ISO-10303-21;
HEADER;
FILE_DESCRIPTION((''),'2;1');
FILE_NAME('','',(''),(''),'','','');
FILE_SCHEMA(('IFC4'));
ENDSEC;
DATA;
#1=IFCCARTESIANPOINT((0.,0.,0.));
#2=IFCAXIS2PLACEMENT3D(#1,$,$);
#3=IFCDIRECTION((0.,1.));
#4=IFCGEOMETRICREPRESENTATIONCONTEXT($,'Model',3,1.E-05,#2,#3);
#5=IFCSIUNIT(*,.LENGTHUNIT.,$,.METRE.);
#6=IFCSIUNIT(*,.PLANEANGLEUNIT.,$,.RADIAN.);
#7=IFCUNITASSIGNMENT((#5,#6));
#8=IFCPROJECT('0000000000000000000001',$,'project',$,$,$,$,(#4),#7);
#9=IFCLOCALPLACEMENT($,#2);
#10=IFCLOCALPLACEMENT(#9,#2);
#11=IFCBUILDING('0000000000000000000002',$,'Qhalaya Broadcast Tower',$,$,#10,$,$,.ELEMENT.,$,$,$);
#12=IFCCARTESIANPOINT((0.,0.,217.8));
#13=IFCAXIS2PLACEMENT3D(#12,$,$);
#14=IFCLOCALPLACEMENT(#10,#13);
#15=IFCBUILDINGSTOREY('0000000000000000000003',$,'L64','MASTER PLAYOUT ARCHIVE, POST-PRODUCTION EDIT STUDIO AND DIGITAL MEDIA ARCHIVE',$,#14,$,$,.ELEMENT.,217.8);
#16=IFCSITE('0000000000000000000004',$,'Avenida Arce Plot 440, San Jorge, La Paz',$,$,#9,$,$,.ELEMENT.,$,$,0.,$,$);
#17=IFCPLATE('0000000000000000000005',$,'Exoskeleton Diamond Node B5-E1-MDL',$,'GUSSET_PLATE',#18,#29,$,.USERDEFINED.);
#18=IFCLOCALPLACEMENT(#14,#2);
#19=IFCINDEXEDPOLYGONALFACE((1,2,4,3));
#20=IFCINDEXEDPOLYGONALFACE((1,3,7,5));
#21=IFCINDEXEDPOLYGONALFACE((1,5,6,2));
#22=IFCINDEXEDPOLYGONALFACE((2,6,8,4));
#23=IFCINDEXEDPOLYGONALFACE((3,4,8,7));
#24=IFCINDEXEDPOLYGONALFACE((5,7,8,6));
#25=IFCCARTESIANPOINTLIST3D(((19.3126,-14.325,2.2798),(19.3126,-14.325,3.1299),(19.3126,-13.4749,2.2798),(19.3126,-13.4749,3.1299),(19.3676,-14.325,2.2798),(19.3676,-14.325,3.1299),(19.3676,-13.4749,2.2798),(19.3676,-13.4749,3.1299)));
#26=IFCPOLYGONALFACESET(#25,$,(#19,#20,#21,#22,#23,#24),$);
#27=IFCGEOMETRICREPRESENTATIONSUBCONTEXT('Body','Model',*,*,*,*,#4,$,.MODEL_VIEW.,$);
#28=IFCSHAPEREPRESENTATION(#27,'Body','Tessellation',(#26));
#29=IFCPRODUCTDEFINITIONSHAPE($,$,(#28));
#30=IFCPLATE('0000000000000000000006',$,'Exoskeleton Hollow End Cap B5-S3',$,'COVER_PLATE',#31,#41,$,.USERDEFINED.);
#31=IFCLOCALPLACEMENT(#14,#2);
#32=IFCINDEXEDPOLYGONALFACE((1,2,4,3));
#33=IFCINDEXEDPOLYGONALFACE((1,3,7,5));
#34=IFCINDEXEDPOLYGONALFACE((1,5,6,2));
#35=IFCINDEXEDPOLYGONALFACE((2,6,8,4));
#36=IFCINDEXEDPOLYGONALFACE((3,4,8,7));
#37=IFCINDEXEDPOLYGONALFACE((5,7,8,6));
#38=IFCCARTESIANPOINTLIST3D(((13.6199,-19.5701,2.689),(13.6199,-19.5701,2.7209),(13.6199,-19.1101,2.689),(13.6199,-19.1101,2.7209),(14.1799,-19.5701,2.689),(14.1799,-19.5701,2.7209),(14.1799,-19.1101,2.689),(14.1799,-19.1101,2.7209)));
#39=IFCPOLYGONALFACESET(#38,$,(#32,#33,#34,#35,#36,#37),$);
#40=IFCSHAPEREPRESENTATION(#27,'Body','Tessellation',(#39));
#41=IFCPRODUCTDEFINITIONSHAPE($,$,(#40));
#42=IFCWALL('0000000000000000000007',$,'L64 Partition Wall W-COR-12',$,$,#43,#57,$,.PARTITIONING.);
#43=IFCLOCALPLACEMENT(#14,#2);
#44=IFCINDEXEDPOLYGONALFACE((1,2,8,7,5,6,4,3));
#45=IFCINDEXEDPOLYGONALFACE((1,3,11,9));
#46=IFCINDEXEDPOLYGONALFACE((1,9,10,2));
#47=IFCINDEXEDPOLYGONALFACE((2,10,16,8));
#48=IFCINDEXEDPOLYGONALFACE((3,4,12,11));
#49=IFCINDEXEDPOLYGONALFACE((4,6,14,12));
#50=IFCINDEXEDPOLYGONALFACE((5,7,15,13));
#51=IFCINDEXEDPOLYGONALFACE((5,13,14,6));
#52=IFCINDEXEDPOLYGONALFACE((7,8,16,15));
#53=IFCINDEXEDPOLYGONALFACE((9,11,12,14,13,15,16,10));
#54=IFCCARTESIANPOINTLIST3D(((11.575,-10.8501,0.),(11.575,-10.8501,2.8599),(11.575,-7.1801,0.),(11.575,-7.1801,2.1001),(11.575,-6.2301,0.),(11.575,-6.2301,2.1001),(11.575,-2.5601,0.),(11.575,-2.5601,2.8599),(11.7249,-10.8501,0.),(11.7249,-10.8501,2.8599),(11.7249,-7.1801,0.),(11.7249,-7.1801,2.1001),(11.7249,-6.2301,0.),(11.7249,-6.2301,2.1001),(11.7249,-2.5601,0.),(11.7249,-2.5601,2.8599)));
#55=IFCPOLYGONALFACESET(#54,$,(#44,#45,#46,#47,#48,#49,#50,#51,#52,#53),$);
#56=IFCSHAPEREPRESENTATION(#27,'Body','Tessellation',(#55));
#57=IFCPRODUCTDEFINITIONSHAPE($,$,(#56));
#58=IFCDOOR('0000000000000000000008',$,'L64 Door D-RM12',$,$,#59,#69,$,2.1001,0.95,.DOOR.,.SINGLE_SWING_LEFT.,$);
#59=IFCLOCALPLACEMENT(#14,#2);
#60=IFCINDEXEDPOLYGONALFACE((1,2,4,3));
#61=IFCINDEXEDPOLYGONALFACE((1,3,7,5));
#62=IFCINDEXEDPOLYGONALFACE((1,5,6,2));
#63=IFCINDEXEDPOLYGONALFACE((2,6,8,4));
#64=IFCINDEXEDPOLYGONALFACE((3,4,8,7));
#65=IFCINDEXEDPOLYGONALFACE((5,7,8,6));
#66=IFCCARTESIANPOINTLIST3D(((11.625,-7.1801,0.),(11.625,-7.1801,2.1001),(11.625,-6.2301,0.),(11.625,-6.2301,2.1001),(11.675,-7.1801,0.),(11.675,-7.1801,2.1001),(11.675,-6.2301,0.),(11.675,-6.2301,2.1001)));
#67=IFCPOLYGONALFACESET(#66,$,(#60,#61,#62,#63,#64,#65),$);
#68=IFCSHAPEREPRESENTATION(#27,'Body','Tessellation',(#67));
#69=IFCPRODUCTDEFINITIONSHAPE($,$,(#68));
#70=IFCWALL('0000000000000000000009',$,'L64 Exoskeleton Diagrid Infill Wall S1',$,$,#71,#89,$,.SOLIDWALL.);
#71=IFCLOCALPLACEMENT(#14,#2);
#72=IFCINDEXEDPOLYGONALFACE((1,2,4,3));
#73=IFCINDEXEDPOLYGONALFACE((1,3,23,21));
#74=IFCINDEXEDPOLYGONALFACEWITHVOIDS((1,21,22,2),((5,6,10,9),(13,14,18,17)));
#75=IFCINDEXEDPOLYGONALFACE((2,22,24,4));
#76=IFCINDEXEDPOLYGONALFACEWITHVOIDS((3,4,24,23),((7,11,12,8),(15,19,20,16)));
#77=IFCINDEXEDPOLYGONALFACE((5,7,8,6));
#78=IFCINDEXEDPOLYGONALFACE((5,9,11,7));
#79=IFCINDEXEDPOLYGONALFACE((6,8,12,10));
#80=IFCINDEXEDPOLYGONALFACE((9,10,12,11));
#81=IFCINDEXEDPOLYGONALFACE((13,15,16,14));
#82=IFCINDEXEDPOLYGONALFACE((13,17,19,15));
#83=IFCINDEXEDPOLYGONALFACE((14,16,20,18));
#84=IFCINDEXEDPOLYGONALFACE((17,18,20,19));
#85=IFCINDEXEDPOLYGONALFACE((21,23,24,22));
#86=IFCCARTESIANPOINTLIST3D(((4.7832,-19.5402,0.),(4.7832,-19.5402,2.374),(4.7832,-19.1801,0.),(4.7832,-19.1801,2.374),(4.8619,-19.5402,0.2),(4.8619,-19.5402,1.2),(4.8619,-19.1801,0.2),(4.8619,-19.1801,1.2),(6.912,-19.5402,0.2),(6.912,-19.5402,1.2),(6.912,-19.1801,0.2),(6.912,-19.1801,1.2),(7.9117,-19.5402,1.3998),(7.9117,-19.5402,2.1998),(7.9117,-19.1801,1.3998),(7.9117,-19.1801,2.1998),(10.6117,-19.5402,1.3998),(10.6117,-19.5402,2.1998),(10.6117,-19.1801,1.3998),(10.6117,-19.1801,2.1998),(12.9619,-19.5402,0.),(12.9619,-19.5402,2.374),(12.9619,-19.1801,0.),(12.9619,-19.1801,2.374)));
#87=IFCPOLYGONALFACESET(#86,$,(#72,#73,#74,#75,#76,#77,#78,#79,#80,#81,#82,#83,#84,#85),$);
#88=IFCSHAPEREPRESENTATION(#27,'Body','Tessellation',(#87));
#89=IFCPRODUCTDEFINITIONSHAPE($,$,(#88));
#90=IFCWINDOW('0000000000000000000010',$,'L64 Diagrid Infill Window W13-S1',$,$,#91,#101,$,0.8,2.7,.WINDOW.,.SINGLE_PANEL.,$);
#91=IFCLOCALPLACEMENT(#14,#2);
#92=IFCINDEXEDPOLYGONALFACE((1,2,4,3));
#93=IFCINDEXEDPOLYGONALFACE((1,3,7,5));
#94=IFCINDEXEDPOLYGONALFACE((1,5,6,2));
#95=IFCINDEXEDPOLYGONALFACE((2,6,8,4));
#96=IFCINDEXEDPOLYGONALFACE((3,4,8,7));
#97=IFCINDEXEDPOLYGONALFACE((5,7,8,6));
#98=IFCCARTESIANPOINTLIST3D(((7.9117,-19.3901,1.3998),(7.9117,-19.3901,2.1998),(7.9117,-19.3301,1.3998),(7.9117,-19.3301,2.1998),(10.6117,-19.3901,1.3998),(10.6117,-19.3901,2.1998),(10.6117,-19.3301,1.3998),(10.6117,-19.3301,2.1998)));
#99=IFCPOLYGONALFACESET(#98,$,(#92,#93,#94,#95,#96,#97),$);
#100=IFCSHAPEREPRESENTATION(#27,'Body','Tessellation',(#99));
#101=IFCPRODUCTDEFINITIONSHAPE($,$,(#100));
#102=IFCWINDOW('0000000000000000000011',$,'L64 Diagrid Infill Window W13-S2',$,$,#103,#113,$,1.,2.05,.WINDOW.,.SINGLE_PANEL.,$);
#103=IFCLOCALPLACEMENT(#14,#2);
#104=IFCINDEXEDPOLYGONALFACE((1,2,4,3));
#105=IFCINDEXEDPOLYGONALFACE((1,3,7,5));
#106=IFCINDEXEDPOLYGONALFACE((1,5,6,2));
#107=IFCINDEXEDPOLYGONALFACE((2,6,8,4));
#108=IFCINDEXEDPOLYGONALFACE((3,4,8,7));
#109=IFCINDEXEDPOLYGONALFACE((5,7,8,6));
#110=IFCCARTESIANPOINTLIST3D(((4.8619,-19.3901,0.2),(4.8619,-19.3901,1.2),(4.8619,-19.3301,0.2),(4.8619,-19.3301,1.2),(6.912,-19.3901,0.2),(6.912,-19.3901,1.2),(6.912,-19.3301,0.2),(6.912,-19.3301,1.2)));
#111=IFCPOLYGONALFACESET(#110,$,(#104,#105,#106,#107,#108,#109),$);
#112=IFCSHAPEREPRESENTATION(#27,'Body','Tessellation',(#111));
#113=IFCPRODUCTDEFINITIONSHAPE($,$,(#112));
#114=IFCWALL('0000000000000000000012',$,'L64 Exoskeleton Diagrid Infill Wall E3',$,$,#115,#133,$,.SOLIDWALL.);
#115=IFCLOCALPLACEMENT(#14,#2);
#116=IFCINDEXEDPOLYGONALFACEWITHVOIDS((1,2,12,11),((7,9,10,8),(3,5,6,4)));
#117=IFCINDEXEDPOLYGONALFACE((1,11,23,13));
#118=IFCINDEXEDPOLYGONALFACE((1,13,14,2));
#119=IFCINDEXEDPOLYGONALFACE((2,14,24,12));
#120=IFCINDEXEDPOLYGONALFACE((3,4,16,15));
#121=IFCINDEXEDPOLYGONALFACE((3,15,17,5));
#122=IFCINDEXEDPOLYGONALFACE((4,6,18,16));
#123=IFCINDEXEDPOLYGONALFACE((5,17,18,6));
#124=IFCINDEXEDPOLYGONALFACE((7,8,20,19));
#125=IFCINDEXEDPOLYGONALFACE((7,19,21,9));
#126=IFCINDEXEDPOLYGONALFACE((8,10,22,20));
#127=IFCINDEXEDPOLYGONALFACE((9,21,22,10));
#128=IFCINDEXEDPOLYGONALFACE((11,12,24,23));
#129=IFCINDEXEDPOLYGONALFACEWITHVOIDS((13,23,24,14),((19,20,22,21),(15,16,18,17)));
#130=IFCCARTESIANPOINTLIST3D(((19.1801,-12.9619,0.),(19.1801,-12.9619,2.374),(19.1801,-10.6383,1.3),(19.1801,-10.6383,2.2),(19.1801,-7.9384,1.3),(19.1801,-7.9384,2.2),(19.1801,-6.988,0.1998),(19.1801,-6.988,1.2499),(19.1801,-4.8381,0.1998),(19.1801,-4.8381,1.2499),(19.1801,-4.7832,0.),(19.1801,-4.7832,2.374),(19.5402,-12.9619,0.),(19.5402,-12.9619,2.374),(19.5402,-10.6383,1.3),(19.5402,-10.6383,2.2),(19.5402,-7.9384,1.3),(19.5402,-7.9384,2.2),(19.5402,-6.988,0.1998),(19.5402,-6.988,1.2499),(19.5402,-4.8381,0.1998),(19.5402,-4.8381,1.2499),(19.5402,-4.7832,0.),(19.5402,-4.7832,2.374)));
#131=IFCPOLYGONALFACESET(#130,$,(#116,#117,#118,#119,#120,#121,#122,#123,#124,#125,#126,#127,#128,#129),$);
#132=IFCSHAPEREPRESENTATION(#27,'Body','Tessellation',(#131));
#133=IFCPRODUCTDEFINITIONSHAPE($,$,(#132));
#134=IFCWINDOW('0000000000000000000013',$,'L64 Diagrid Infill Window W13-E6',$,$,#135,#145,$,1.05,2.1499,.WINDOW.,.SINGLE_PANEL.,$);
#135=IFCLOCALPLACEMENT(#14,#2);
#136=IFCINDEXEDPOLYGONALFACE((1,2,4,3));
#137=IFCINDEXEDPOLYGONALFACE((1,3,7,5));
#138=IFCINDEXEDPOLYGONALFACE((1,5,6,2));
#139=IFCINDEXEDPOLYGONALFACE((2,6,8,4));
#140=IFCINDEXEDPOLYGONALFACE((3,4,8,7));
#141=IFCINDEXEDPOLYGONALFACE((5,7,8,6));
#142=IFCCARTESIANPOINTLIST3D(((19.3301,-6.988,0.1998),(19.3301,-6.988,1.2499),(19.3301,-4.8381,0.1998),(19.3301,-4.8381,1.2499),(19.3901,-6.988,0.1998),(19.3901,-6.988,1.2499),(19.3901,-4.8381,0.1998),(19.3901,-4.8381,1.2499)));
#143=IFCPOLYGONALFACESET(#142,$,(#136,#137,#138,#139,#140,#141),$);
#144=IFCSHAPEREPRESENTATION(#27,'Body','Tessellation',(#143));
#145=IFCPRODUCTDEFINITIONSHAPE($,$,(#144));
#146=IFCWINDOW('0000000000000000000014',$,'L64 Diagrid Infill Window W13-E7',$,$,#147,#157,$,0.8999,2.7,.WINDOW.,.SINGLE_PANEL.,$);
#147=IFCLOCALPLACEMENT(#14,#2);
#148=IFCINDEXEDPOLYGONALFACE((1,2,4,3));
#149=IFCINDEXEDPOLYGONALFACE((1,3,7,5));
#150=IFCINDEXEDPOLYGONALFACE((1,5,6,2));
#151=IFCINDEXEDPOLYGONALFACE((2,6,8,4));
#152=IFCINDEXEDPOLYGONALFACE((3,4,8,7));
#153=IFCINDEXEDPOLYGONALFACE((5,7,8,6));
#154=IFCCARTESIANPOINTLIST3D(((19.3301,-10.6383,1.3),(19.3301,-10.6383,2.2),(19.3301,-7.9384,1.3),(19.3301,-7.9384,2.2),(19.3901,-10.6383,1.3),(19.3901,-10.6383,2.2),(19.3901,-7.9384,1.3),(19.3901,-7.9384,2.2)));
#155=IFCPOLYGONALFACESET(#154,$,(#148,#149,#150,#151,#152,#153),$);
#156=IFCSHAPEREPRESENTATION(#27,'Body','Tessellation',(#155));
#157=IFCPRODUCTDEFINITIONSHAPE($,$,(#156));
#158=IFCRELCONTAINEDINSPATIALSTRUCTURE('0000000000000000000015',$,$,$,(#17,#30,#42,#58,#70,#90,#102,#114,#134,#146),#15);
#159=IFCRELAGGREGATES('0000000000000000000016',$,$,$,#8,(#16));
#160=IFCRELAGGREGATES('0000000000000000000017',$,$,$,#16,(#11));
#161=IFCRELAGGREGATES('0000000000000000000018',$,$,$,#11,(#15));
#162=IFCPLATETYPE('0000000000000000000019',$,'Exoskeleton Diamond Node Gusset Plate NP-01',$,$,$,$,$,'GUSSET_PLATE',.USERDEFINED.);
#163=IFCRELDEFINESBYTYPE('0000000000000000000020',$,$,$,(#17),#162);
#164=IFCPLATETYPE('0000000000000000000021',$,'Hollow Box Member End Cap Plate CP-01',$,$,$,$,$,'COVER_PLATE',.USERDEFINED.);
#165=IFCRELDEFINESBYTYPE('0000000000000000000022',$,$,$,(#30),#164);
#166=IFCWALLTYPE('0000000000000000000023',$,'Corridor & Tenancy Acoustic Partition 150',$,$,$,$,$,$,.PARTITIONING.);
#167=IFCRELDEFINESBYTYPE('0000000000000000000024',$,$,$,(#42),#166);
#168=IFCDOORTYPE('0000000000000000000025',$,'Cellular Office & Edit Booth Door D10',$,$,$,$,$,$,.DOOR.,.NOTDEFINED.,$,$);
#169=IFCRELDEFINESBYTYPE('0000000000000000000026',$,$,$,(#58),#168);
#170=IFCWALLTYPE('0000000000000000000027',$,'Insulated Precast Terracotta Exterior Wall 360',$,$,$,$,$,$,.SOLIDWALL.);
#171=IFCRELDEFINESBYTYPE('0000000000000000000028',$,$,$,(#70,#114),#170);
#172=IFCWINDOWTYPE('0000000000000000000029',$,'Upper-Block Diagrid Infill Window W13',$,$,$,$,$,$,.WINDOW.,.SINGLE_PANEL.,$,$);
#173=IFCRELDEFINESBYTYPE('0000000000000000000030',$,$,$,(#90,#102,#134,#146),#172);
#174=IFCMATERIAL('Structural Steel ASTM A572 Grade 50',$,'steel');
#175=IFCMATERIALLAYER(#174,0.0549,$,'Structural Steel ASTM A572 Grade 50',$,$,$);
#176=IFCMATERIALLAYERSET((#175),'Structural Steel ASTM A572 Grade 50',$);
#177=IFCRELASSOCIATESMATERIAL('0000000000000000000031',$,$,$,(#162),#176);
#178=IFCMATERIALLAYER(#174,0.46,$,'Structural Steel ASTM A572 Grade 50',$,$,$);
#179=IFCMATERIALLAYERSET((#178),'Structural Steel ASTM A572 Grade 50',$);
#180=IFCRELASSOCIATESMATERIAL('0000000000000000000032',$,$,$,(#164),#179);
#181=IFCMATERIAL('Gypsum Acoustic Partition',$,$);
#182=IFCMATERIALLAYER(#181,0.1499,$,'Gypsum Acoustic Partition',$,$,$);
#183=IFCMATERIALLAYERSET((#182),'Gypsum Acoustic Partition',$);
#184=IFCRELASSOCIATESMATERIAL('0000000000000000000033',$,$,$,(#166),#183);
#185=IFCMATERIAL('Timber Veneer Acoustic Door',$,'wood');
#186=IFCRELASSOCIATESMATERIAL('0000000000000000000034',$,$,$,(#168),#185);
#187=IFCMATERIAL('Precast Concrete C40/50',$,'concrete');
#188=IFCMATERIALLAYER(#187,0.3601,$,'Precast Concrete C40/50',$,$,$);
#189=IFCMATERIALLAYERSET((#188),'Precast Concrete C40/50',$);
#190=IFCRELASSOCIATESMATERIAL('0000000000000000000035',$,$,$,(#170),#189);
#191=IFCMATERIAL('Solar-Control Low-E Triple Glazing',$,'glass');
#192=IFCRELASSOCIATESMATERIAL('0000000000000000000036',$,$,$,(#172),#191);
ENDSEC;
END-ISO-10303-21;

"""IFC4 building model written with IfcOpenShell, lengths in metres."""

from ifc_helpers import new_model, si_unit, direction, frame, frame_2d, origin, origin_2d, place, context, subcontext, project, spatial, rectangle, extrude, material, layer, layer_set, type_object, element, fill, save


model = new_model("IFC4")

# Units and contexts
model_context = context("Model", 3, precision=1e-05, world=origin(), true_north=direction((0.0, 1.0)))
body_context = subcontext(model_context, "Body", "Model", "MODEL_VIEW")
ifc_project = project(units=[si_unit("LENGTHUNIT", "METRE"), si_unit("PLANEANGLEUNIT", "RADIAN")], contexts=[model_context])

# Site, building, storey
site_placement = place(None, origin())
site = spatial("IfcSite", under=ifc_project, at=site_placement, Name="Avenida Arce Plot 440, San Jorge, La Paz", CompositionType="ELEMENT", RefElevation=0.0)
building_placement = place(site_placement, origin())
building = spatial("IfcBuilding", under=site, at=building_placement, Name="Qhalaya Broadcast Tower", CompositionType="ELEMENT")
storey_placement = place(building_placement, frame((0.0, 0.0, 217.8)))
storey = spatial("IfcBuildingStorey", under=building, at=storey_placement, Name="L64", Description="MASTER PLAYOUT ARCHIVE, POST-PRODUCTION EDIT STUDIO AND DIGITAL MEDIA ARCHIVE", CompositionType="ELEMENT", Elevation=217.8)

# Shared definitions
ifc_material_1 = material(Name="Structural Steel ASTM A572 Grade 50", Category="steel")

# Plates
ifc_layer_1 = layer(ifc_material_1, 0.0549, Name="Structural Steel ASTM A572 Grade 50")
ifc_layer_set_1 = layer_set([ifc_layer_1], Name="Structural Steel ASTM A572 Grade 50")
plate_type_1 = type_object("IfcPlateType", Name="Exoskeleton Diamond Node Gusset Plate NP-01", ElementType="GUSSET_PLATE", PredefinedType="USERDEFINED", material=ifc_layer_set_1)
plate_1_placement = place(storey_placement, frame((19.3401, -13.8999, 2.2798), z_axis=(0.0, 0.0, 1.0), x_axis=(0.0, 1.0, 0.0)))
element("IfcPlate", 1, at=plate_1_placement, inside=storey, type_object=plate_type_1, Name="Exoskeleton Diamond Node B5-E1-MDL", ObjectType="GUSSET_PLATE", PredefinedType="USERDEFINED", context=body_context, shape_type="SweptSolid", body=[
    extrude(rectangle(XDim=0.8501, YDim=0.0549, at=origin_2d()), origin(), (0.0, 0.0, 1.0), 0.8501),
])
ifc_layer_2 = layer(ifc_material_1, 0.46, Name="Structural Steel ASTM A572 Grade 50")
ifc_layer_set_2 = layer_set([ifc_layer_2], Name="Structural Steel ASTM A572 Grade 50")
plate_type_2 = type_object("IfcPlateType", Name="Hollow Box Member End Cap Plate CP-01", ElementType="COVER_PLATE", PredefinedType="USERDEFINED", material=ifc_layer_set_2)
plate_2_placement = place(storey_placement, frame((13.8999, -19.3401, 2.689), z_axis=(0.0, 0.0, 1.0), x_axis=(1.0, 0.0, 0.0)))
element("IfcPlate", 2, at=plate_2_placement, inside=storey, type_object=plate_type_2, Name="Exoskeleton Hollow End Cap B5-S3", ObjectType="COVER_PLATE", PredefinedType="USERDEFINED", context=body_context, shape_type="SweptSolid", body=[
    extrude(rectangle(XDim=0.5601, YDim=0.46, at=origin_2d()), origin(), (0.0, 0.0, 1.0), 0.032),
])

# Wall, opening, door
ifc_material_2 = material(Name="Gypsum Acoustic Partition")
ifc_layer_3 = layer(ifc_material_2, 0.1499, Name="Gypsum Acoustic Partition")
ifc_layer_set_3 = layer_set([ifc_layer_3], Name="Gypsum Acoustic Partition")
wall_type_1 = type_object("IfcWallType", Name="Corridor & Tenancy Acoustic Partition 150", PredefinedType="PARTITIONING", material=ifc_layer_set_3)
wall_1_placement = place(storey_placement, frame((11.6499, -10.8501, 0.0), z_axis=(0.0, 0.0, 1.0), x_axis=(0.0, 1.0, 0.0)))
wall_1 = element("IfcWall", 3, at=wall_1_placement, inside=storey, type_object=wall_type_1, Name="L64 Partition Wall W-COR-12", PredefinedType="PARTITIONING", context=body_context, shape_type="SweptSolid", body=[
    extrude(rectangle(XDim=8.29, YDim=0.1499, at=frame_2d((4.145, 0.0))), origin(), (0.0, 0.0, 1.0), 2.8599),
])
opening_1_placement = place(wall_1_placement, frame((3.6699, 0.0, 0.0)))
opening_1 = element("IfcOpeningElement", 4, at=opening_1_placement, cuts=wall_1, PredefinedType="OPENING", context=body_context, shape_type="SweptSolid", body=[
    extrude(rectangle(XDim=0.95, YDim=2.1001, at=frame_2d((0.4751, 1.05))), frame((0.0, 0.0869, 0.0), z_axis=(0.0, -1.0, 0.0), x_axis=(1.0, 0.0, 0.0)), (0.0, 0.0, 1.0), 0.1738),
])
ifc_material_3 = material(Name="Timber Veneer Acoustic Door", Category="wood")
door_type = type_object("IfcDoorType", Name="Cellular Office & Edit Booth Door D10", OperationType="NOTDEFINED", PredefinedType="DOOR", material=ifc_material_3)
door_placement = place(opening_1_placement, origin())
door = element("IfcDoor", 5, at=door_placement, inside=storey, type_object=door_type, Name="L64 Door D-RM12", OperationType="SINGLE_SWING_LEFT", OverallHeight=2.1001, OverallWidth=0.95, PredefinedType="DOOR", context=body_context, shape_type="SweptSolid", body=[
    extrude(rectangle(XDim=0.95, YDim=2.1001, at=frame_2d((0.4751, 1.05))), frame((0.0, 0.0249, 0.0), z_axis=(0.0, -1.0, 0.0), x_axis=(1.0, 0.0, 0.0)), (0.0, 0.0, 1.0), 0.05),
])
fill(opening_1, door)

# Walls, openings, windows
ifc_material_4 = material(Name="Precast Concrete C40/50", Category="concrete")
ifc_layer_4 = layer(ifc_material_4, 0.3601, Name="Precast Concrete C40/50")
ifc_layer_set_4 = layer_set([ifc_layer_4], Name="Precast Concrete C40/50")
wall_type_2 = type_object("IfcWallType", Name="Insulated Precast Terracotta Exterior Wall 360", PredefinedType="SOLIDWALL", material=ifc_layer_set_4)
wall_2_placement = place(storey_placement, frame((12.9619, -19.3601, 0.0), z_axis=(0.0, 0.0, 1.0), x_axis=(-1.0, 0.0, 0.0)))
wall_2 = element("IfcWall", 6, at=wall_2_placement, inside=storey, type_object=wall_type_2, Name="L64 Exoskeleton Diagrid Infill Wall S1", PredefinedType="SOLIDWALL", context=body_context, shape_type="SweptSolid", body=[
    extrude(rectangle(XDim=8.1787, YDim=0.3601, at=frame_2d((4.0894, 0.0))), origin(), (0.0, 0.0, 1.0), 2.374),
])
opening_2_placement = place(wall_2_placement, frame((2.3501, 0.0, 1.3999)))
opening_2 = element("IfcOpeningElement", 7, at=opening_2_placement, cuts=wall_2, PredefinedType="OPENING", context=body_context, shape_type="SweptSolid", body=[
    extrude(rectangle(XDim=2.7, YDim=0.8, at=frame_2d((1.3501, 0.3999))), frame((0.0, 0.1921, 0.0), z_axis=(0.0, -1.0, 0.0), x_axis=(1.0, 0.0, 0.0)), (0.0, 0.0, 1.0), 0.384),
])
opening_3_placement = place(wall_2_placement, frame((6.05, 0.0, 0.2)))
opening_3 = element("IfcOpeningElement", 8, at=opening_3_placement, cuts=wall_2, PredefinedType="OPENING", context=body_context, shape_type="SweptSolid", body=[
    extrude(rectangle(XDim=2.05, YDim=1.0, at=frame_2d((1.0249, 0.5))), frame((0.0, 0.1921, 0.0), z_axis=(0.0, -1.0, 0.0), x_axis=(1.0, 0.0, 0.0)), (0.0, 0.0, 1.0), 0.384),
])
ifc_material_5 = material(Name="Solar-Control Low-E Triple Glazing", Category="glass")
window_type = type_object("IfcWindowType", Name="Upper-Block Diagrid Infill Window W13", PartitioningType="SINGLE_PANEL", PredefinedType="WINDOW", material=ifc_material_5)
window_1_placement = place(opening_2_placement, origin())
window_1 = element("IfcWindow", 9, at=window_1_placement, inside=storey, type_object=window_type, Name="L64 Diagrid Infill Window W13-S1", OverallHeight=0.8, OverallWidth=2.7, PartitioningType="SINGLE_PANEL", PredefinedType="WINDOW", context=body_context, shape_type="SweptSolid", body=[
    extrude(rectangle(XDim=2.7, YDim=0.8, at=frame_2d((1.3501, 0.3999))), frame((0.0, 0.03, 0.0), z_axis=(0.0, -1.0, 0.0), x_axis=(1.0, 0.0, 0.0)), (0.0, 0.0, 1.0), 0.0601),
])
fill(opening_2, window_1)
window_2_placement = place(opening_3_placement, origin())
window_2 = element("IfcWindow", 10, at=window_2_placement, inside=storey, type_object=window_type, Name="L64 Diagrid Infill Window W13-S2", OverallHeight=1.0, OverallWidth=2.05, PartitioningType="SINGLE_PANEL", PredefinedType="WINDOW", context=body_context, shape_type="SweptSolid", body=[
    extrude(rectangle(XDim=2.05, YDim=1.0, at=frame_2d((1.0249, 0.5))), frame((0.0, 0.03, 0.0), z_axis=(0.0, -1.0, 0.0), x_axis=(1.0, 0.0, 0.0)), (0.0, 0.0, 1.0), 0.0601),
])
fill(opening_3, window_2)
wall_3_placement = place(storey_placement, frame((19.3601, -4.7832, 0.0), z_axis=(0.0, 0.0, 1.0), x_axis=(0.0, -1.0, 0.0)))
wall_3 = element("IfcWall", 11, at=wall_3_placement, inside=storey, type_object=wall_type_2, Name="L64 Exoskeleton Diagrid Infill Wall E3", PredefinedType="SOLIDWALL", context=body_context, shape_type="SweptSolid", body=[
    extrude(rectangle(XDim=8.1787, YDim=0.3601, at=frame_2d((4.0894, 0.0))), origin(), (0.0, 0.0, 1.0), 2.374),
])
opening_4_placement = place(wall_3_placement, frame((0.0549, 0.0, 0.2)))
opening_4 = element("IfcOpeningElement", 12, at=opening_4_placement, cuts=wall_3, PredefinedType="OPENING", context=body_context, shape_type="SweptSolid", body=[
    extrude(rectangle(XDim=2.1499, YDim=1.05, at=frame_2d((1.075, 0.5249))), frame((0.0, 0.1921, 0.0), z_axis=(0.0, -1.0, 0.0), x_axis=(1.0, 0.0, 0.0)), (0.0, 0.0, 1.0), 0.384),
])
opening_5_placement = place(wall_3_placement, frame((3.155, 0.0, 1.3)))
opening_5 = element("IfcOpeningElement", 13, at=opening_5_placement, cuts=wall_3, PredefinedType="OPENING", context=body_context, shape_type="SweptSolid", body=[
    extrude(rectangle(XDim=2.7, YDim=0.8999, at=frame_2d((1.3501, 0.45))), frame((0.0, 0.1921, 0.0), z_axis=(0.0, -1.0, 0.0), x_axis=(1.0, 0.0, 0.0)), (0.0, 0.0, 1.0), 0.384),
])
window_3_placement = place(opening_4_placement, origin())
window_3 = element("IfcWindow", 14, at=window_3_placement, inside=storey, type_object=window_type, Name="L64 Diagrid Infill Window W13-E6", OverallHeight=1.05, OverallWidth=2.1499, PartitioningType="SINGLE_PANEL", PredefinedType="WINDOW", context=body_context, shape_type="SweptSolid", body=[
    extrude(rectangle(XDim=2.1499, YDim=1.05, at=frame_2d((1.075, 0.5249))), frame((0.0, 0.03, 0.0), z_axis=(0.0, -1.0, 0.0), x_axis=(1.0, 0.0, 0.0)), (0.0, 0.0, 1.0), 0.0601),
])
fill(opening_4, window_3)
window_4_placement = place(opening_5_placement, origin())
window_4 = element("IfcWindow", 15, at=window_4_placement, inside=storey, type_object=window_type, Name="L64 Diagrid Infill Window W13-E7", OverallHeight=0.8999, OverallWidth=2.7, PartitioningType="SINGLE_PANEL", PredefinedType="WINDOW", context=body_context, shape_type="SweptSolid", body=[
    extrude(rectangle(XDim=2.7, YDim=0.8999, at=frame_2d((1.3501, 0.45))), frame((0.0, 0.03, 0.0), z_axis=(0.0, -1.0, 0.0), x_axis=(1.0, 0.0, 0.0)), (0.0, 0.0, 1.0), 0.0601),
])
fill(opening_5, window_4)

save(model, "model.ifc")
